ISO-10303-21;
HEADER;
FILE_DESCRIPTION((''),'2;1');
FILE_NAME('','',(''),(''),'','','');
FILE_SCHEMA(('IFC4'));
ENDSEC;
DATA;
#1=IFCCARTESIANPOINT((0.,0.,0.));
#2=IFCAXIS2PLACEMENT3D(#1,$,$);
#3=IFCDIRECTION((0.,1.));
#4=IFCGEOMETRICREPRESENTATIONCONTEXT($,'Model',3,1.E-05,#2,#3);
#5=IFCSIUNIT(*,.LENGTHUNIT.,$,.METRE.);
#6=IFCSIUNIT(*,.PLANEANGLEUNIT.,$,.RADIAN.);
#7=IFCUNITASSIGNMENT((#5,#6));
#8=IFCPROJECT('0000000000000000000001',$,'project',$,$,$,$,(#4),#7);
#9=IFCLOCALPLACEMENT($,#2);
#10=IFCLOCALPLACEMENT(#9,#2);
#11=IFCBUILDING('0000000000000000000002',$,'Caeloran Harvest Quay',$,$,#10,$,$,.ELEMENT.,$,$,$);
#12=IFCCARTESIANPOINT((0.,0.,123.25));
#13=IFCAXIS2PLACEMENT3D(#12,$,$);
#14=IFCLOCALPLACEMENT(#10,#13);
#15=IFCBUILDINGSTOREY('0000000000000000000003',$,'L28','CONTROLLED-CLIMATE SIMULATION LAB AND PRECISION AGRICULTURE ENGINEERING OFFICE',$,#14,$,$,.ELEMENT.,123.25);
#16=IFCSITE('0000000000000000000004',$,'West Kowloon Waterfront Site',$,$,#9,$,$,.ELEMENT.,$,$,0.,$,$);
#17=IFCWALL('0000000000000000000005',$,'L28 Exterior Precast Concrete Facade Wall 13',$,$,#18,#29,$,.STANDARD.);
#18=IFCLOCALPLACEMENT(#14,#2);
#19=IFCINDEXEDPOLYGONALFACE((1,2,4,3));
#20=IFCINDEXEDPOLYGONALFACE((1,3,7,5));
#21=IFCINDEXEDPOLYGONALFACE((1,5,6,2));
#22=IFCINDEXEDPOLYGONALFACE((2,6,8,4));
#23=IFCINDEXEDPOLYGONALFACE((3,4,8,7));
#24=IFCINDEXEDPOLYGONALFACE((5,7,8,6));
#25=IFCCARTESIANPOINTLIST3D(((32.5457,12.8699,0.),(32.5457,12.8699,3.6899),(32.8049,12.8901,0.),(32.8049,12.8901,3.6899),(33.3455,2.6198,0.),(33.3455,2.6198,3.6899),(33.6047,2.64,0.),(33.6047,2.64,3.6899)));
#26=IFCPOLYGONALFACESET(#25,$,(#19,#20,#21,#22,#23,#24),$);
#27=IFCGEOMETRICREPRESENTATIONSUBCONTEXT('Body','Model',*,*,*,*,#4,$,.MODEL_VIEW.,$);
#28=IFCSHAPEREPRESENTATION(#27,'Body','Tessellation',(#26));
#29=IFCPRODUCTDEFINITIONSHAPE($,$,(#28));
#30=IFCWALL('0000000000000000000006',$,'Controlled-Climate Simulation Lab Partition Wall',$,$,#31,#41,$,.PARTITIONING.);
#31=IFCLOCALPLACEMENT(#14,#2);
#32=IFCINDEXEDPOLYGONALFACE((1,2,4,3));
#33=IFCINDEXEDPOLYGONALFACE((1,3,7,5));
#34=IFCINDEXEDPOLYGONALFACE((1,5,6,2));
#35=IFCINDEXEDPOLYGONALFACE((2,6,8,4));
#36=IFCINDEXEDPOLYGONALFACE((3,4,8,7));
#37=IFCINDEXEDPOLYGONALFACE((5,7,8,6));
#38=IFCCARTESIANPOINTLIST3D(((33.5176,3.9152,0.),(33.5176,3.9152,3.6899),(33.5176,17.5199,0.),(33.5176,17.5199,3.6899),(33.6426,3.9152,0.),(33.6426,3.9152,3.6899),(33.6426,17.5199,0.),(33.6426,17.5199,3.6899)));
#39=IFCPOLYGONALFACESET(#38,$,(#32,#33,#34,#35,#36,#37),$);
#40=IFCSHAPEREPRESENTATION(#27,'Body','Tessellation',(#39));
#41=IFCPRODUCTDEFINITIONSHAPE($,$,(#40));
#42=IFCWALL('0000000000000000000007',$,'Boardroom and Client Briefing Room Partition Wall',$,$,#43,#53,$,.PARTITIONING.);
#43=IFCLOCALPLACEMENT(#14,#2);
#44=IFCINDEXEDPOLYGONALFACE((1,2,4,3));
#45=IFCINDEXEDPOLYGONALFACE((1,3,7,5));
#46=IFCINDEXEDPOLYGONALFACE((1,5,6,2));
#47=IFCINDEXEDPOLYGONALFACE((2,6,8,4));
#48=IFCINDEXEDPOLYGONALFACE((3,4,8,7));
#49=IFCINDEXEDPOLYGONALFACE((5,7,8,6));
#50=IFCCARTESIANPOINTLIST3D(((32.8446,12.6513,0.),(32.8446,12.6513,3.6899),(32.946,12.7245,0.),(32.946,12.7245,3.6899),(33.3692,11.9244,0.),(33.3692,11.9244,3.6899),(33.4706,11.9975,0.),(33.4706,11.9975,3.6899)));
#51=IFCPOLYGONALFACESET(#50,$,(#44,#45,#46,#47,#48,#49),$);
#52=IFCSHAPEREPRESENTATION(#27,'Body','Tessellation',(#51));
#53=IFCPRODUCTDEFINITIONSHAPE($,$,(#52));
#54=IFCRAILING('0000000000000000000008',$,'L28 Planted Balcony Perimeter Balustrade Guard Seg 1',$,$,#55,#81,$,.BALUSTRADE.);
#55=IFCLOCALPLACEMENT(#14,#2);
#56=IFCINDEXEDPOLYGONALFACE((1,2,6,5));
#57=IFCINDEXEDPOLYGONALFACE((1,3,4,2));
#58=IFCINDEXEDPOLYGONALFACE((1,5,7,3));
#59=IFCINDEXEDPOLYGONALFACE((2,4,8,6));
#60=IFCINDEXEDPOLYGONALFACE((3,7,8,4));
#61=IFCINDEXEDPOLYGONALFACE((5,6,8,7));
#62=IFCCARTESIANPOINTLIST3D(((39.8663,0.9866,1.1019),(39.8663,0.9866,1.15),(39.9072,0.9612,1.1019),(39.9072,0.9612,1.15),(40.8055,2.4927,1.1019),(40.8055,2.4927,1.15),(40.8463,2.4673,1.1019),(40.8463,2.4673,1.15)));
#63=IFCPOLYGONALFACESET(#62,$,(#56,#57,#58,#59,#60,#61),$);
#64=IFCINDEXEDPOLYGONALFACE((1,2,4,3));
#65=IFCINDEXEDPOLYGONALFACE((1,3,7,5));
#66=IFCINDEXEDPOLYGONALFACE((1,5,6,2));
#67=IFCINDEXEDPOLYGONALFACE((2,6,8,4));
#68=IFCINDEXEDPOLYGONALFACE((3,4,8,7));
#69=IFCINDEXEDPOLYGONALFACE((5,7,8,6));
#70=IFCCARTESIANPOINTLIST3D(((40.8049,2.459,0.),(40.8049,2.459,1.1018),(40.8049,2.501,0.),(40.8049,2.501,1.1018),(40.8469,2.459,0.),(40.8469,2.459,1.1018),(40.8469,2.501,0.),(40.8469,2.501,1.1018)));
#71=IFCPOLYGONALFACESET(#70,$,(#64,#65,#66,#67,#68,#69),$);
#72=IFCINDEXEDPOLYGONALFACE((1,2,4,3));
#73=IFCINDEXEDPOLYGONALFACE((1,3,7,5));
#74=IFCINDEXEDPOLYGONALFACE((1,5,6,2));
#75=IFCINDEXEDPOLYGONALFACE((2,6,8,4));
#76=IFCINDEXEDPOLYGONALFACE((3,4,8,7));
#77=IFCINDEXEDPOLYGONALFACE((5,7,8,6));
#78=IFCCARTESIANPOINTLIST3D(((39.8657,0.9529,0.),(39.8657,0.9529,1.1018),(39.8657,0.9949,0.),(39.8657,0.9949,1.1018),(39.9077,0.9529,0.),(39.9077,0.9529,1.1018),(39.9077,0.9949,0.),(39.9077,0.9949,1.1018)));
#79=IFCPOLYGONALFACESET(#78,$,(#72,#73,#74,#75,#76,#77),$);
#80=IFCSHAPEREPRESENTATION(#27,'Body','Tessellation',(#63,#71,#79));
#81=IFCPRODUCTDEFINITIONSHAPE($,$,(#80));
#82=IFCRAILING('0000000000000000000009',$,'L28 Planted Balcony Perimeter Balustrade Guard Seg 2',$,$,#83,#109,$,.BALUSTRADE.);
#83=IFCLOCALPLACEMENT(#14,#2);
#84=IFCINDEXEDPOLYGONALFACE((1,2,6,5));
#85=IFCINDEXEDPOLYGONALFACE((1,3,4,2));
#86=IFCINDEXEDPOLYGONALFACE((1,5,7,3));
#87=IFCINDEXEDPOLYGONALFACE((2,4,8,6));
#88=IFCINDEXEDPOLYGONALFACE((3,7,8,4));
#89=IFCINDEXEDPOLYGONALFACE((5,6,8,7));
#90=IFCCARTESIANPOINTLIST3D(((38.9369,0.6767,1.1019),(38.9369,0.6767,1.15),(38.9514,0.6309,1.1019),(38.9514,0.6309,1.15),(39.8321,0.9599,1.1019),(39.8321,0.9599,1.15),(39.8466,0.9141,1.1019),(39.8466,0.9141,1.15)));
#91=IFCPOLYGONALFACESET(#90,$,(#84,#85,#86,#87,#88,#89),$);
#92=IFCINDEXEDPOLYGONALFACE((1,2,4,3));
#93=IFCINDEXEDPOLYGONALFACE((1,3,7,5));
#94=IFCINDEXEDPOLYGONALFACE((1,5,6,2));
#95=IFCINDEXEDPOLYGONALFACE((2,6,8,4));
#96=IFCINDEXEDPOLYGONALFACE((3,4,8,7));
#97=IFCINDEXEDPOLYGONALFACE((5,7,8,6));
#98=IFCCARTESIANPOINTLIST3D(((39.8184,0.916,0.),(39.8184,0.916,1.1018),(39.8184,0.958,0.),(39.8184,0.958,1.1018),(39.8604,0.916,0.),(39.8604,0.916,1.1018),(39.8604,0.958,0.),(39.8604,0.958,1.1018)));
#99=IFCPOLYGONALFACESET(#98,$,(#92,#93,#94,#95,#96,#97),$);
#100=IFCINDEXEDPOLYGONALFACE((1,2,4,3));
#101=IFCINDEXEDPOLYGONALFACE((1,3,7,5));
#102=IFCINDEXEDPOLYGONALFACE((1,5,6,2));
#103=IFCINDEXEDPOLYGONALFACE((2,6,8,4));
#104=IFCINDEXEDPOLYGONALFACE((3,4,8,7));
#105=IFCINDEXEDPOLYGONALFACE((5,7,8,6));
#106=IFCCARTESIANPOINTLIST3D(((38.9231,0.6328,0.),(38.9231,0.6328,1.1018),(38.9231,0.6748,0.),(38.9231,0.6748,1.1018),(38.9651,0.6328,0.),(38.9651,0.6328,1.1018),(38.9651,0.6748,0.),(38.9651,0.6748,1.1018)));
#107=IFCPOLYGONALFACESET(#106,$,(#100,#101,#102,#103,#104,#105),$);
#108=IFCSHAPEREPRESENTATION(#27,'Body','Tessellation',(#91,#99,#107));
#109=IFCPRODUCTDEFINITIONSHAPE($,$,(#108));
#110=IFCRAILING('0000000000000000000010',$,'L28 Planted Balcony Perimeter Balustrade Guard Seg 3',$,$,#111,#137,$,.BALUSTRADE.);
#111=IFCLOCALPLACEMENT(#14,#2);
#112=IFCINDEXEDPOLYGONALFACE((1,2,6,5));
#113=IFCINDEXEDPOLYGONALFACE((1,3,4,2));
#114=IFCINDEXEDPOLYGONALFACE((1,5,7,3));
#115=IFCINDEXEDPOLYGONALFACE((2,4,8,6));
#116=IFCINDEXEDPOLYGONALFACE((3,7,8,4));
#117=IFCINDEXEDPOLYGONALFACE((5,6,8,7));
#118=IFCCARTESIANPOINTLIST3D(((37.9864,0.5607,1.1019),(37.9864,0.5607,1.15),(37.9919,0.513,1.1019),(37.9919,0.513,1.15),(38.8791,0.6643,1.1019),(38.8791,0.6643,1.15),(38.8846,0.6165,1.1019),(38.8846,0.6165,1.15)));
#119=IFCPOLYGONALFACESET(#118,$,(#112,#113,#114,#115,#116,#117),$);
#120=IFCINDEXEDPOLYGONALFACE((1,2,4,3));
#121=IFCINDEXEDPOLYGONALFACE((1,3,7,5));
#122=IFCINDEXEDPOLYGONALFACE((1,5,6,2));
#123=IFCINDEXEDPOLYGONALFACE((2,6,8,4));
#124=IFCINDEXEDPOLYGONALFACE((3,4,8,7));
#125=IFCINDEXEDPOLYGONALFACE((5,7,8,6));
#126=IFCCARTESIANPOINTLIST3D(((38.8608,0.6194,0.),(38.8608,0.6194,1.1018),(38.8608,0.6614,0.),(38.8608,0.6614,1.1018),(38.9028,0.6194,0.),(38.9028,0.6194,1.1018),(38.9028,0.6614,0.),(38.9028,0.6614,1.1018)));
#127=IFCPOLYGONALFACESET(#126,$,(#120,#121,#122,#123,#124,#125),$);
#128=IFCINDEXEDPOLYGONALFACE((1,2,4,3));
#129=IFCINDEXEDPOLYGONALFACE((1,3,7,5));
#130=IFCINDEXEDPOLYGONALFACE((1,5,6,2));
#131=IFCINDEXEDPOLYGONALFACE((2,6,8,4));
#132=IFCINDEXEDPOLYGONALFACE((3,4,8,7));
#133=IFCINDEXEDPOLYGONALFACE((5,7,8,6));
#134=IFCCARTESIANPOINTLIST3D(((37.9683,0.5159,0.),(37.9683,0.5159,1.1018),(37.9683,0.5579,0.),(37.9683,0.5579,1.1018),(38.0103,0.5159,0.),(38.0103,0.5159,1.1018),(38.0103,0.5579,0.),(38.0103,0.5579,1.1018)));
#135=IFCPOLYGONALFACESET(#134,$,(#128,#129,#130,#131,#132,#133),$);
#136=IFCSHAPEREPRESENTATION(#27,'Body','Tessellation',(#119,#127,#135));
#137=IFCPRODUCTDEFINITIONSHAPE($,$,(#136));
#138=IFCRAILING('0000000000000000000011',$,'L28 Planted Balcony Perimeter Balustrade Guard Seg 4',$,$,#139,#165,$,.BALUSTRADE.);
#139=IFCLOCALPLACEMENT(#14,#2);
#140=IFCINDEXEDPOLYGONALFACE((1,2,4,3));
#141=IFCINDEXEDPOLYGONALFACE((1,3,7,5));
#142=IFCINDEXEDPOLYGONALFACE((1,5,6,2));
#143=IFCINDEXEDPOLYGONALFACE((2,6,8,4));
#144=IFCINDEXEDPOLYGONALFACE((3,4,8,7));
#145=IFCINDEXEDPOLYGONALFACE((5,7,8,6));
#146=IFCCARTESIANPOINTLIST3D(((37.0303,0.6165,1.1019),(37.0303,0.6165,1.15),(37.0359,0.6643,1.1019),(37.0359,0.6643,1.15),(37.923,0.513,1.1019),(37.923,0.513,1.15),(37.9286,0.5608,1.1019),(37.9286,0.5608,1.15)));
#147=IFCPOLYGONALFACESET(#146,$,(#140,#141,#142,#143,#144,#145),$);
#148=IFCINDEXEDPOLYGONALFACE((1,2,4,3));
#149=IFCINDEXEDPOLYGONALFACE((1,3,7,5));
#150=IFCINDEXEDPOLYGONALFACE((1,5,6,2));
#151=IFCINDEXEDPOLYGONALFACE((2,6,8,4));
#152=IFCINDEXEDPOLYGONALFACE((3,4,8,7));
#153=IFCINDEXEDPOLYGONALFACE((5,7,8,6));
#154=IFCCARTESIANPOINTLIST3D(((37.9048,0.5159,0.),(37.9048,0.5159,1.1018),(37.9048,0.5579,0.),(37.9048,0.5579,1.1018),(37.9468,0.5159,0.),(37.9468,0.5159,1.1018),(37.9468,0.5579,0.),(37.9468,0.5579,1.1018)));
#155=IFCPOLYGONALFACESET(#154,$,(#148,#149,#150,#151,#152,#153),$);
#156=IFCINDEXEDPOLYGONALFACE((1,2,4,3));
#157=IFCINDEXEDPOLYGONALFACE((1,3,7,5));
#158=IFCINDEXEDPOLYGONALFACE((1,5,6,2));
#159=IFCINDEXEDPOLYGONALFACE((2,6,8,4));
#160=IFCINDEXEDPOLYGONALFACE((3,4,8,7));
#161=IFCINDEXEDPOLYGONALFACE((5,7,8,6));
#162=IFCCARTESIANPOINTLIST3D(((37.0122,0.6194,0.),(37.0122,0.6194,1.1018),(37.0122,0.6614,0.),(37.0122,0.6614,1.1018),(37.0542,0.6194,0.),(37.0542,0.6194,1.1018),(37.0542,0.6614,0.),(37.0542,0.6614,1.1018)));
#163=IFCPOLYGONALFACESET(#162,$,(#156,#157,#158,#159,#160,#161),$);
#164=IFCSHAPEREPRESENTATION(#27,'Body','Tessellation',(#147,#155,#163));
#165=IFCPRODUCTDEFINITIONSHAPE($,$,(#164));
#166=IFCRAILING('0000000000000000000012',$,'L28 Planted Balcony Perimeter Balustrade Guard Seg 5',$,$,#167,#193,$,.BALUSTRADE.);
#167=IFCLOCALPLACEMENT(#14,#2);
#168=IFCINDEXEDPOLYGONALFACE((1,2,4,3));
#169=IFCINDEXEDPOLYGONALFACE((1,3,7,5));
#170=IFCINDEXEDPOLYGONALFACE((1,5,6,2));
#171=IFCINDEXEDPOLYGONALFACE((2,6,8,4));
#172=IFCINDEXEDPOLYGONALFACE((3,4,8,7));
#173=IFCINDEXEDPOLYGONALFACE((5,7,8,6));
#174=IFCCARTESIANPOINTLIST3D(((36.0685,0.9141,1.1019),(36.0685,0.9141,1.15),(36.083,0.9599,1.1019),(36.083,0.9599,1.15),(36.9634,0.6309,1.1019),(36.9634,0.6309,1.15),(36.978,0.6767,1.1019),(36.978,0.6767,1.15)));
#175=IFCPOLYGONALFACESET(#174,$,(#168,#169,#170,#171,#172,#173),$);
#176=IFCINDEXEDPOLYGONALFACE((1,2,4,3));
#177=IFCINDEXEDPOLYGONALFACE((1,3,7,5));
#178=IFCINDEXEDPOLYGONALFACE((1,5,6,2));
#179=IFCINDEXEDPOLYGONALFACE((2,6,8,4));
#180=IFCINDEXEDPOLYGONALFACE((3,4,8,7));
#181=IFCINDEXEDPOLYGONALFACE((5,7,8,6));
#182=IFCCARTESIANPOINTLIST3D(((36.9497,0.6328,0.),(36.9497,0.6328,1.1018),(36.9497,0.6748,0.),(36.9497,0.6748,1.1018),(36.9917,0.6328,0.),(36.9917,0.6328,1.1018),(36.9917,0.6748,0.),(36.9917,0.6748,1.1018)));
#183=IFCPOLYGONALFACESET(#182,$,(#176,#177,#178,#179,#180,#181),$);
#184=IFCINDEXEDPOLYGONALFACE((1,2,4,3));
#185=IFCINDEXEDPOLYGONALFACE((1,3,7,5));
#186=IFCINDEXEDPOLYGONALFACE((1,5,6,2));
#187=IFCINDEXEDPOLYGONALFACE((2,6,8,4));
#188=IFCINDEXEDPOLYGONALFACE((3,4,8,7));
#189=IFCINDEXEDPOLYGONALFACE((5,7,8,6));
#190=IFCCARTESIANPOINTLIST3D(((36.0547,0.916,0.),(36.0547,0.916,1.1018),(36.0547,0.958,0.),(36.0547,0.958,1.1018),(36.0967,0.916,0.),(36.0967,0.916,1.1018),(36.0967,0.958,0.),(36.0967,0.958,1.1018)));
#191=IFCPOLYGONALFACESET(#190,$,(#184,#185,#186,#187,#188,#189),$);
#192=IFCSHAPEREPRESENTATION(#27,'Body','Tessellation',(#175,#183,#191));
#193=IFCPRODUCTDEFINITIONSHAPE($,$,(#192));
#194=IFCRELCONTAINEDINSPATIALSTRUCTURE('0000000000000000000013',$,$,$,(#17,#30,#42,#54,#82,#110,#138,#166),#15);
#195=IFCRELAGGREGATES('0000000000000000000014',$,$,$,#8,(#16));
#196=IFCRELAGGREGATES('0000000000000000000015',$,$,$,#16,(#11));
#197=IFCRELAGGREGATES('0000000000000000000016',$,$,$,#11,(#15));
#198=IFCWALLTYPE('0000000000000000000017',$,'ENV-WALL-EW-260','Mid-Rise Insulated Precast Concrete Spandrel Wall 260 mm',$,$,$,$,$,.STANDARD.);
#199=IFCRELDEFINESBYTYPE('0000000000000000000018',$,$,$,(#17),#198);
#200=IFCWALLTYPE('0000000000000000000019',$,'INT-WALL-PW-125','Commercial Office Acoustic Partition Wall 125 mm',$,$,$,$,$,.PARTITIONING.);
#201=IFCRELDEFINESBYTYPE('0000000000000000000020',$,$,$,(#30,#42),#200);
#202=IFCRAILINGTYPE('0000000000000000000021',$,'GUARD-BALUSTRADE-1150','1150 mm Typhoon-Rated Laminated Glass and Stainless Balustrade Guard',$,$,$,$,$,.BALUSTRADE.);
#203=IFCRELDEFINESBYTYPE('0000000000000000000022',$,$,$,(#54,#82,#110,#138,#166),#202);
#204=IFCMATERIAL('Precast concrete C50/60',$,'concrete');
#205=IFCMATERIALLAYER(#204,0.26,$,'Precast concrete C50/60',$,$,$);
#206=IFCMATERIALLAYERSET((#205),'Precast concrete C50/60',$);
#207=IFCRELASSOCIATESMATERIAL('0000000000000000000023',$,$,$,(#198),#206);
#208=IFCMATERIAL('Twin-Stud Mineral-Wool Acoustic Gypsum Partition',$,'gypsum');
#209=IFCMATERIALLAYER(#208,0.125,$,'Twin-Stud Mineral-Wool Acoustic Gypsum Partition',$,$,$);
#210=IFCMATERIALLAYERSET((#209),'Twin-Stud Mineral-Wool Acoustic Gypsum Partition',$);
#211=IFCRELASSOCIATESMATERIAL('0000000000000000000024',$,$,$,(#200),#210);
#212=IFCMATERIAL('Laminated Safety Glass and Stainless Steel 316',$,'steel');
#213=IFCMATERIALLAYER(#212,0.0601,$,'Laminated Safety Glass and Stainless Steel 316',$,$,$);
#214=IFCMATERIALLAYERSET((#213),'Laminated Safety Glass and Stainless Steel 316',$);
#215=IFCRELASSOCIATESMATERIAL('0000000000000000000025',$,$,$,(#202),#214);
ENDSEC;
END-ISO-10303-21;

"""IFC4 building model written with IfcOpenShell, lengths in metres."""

from ifc_helpers import new_model, si_unit, direction, frame, frame_2d, origin, origin_2d, place, context, subcontext, project, spatial, rectangle, extrude, material, layer, layer_set, type_object, element, save


model = new_model("IFC4")

# Units and contexts
model_context = context("Model", 3, precision=1e-05, world=origin(), true_north=direction((0.0, 1.0)))
body_context = subcontext(model_context, "Body", "Model", "MODEL_VIEW")
ifc_project = project(units=[si_unit("LENGTHUNIT", "METRE"), si_unit("PLANEANGLEUNIT", "RADIAN")], contexts=[model_context])

# Site, building, storey
site_placement = place(None, origin())
site = spatial("IfcSite", under=ifc_project, at=site_placement, Name="West Kowloon Waterfront Site", CompositionType="ELEMENT", RefElevation=0.0)
building_placement = place(site_placement, origin())
building = spatial("IfcBuilding", under=site, at=building_placement, Name="Caeloran Harvest Quay", CompositionType="ELEMENT")
storey_placement = place(building_placement, frame((0.0, 0.0, 123.25)))
storey = spatial("IfcBuildingStorey", under=building, at=storey_placement, Name="L28", Description="CONTROLLED-CLIMATE SIMULATION LAB AND PRECISION AGRICULTURE ENGINEERING OFFICE", CompositionType="ELEMENT", Elevation=123.25)

# Shared definitions
ifc_material_1 = material(Name="Precast concrete C50/60", Category="concrete")

# Shared definitions
ifc_layer_1 = layer(ifc_material_1, 0.26, Name="Precast concrete C50/60")
ifc_layer_set_1 = layer_set([ifc_layer_1], Name="Precast concrete C50/60")
wall_type_1 = type_object("IfcWallType", Name="ENV-WALL-EW-260", Description="Mid-Rise Insulated Precast Concrete Spandrel Wall 260 mm", PredefinedType="STANDARD", material=ifc_layer_set_1)

# Walls
wall_1_placement = place(storey_placement, frame((33.4751, 2.6299, 0.0), z_axis=(0.0, 0.0, 1.0), x_axis=(-0.077793, 0.99697, 0.0)))
element("IfcWall", 1, at=wall_1_placement, inside=storey, type_object=wall_type_1, Name="L28 Exterior Precast Concrete Facade Wall 13", PredefinedType="STANDARD", context=body_context, shape_type="SweptSolid", body=[
    extrude(rectangle(XDim=10.2812, YDim=0.26, at=frame_2d((5.1406, 0.0))), origin(), (0.0, 0.0, 1.0), 3.6899),
])
ifc_material_2 = material(Name="Twin-Stud Mineral-Wool Acoustic Gypsum Partition", Category="gypsum")
ifc_layer_2 = layer(ifc_material_2, 0.125, Name="Twin-Stud Mineral-Wool Acoustic Gypsum Partition")
ifc_layer_set_2 = layer_set([ifc_layer_2], Name="Twin-Stud Mineral-Wool Acoustic Gypsum Partition")
wall_type_2 = type_object("IfcWallType", Name="INT-WALL-PW-125", Description="Commercial Office Acoustic Partition Wall 125 mm", PredefinedType="PARTITIONING", material=ifc_layer_set_2)
wall_2_placement = place(storey_placement, frame((33.5801, 3.9153, 0.0), z_axis=(0.0, 0.0, 1.0), x_axis=(0.0, 1.0, 0.0)))
element("IfcWall", 2, at=wall_2_placement, inside=storey, type_object=wall_type_2, Name="Controlled-Climate Simulation Lab Partition Wall", PredefinedType="PARTITIONING", context=body_context, shape_type="SweptSolid", body=[
    extrude(rectangle(XDim=13.6047, YDim=0.125, at=frame_2d((6.8022, 0.0))), origin(), (0.0, 0.0, 1.0), 3.6899),
])
wall_3_placement = place(storey_placement, frame((33.4199, 11.9609, 0.0), z_axis=(0.0, 0.0, 1.0), x_axis=(-0.585172, 0.810909, 0.0)))
element("IfcWall", 3, at=wall_3_placement, inside=storey, type_object=wall_type_2, Name="Boardroom and Client Briefing Room Partition Wall", PredefinedType="PARTITIONING", context=body_context, shape_type="SweptSolid", body=[
    extrude(rectangle(XDim=0.8965, YDim=0.125, at=frame_2d((0.4482, 0.0))), origin(), (0.0, 0.0, 1.0), 3.6899),
])

# Railings
ifc_material_3 = material(Name="Laminated Safety Glass and Stainless Steel 316", Category="steel")
ifc_layer_3 = layer(ifc_material_3, 0.0601, Name="Laminated Safety Glass and Stainless Steel 316")
ifc_layer_set_3 = layer_set([ifc_layer_3], Name="Laminated Safety Glass and Stainless Steel 316")
railing_type = type_object("IfcRailingType", Name="GUARD-BALUSTRADE-1150", Description="1150 mm Typhoon-Rated Laminated Glass and Stainless Balustrade Guard", PredefinedType="BALUSTRADE", material=ifc_layer_set_3)
railing_1_placement = place(storey_placement, frame((40.8259, 2.48, 0.0)))
element("IfcRailing", 4, at=railing_1_placement, inside=storey, type_object=railing_type, Name="L28 Planted Balcony Perimeter Balustrade Guard Seg 1", PredefinedType="BALUSTRADE", context=body_context, shape_type="SweptSolid", body=[
    extrude(rectangle(XDim=0.0481, YDim=0.0481, at=origin_2d()), frame((0.0, 0.0, 1.126), z_axis=(-0.529146, -0.848531, 0.0), x_axis=(0.848531, -0.529146, 0.0)), (0.0, 0.0, 1.0), 1.7749),
    extrude(rectangle(XDim=0.042, YDim=0.042, at=origin_2d()), origin(), (0.0, 0.0, 1.0), 1.1018),
    extrude(rectangle(XDim=0.042, YDim=0.042, at=origin_2d()), frame((-0.9392, -1.5061, 0.0)), (0.0, 0.0, 1.0), 1.1018),
])
railing_2_placement = place(storey_placement, frame((39.8394, 0.937, 0.0)))
element("IfcRailing", 5, at=railing_2_placement, inside=storey, type_object=railing_type, Name="L28 Planted Balcony Perimeter Balustrade Guard Seg 2", PredefinedType="BALUSTRADE", context=body_context, shape_type="SweptSolid", body=[
    extrude(rectangle(XDim=0.0481, YDim=0.0481, at=origin_2d()), frame((0.0, 0.0, 1.126), z_axis=(-0.953433, -0.301604, 0.0), x_axis=(0.301604, -0.953433, 0.0)), (0.0, 0.0, 1.0), 0.939),
    extrude(rectangle(XDim=0.042, YDim=0.042, at=origin_2d()), origin(), (0.0, 0.0, 1.0), 1.1018),
    extrude(rectangle(XDim=0.042, YDim=0.042, at=origin_2d()), frame((-0.8953, -0.2832, 0.0)), (0.0, 0.0, 1.0), 1.1018),
])
railing_3_placement = place(storey_placement, frame((38.8818, 0.6404, 0.0)))
element("IfcRailing", 6, at=railing_3_placement, inside=storey, type_object=railing_type, Name="L28 Planted Balcony Perimeter Balustrade Guard Seg 3", PredefinedType="BALUSTRADE", context=body_context, shape_type="SweptSolid", body=[
    extrude(rectangle(XDim=0.0481, YDim=0.0481, at=origin_2d()), frame((0.0, 0.0, 1.126), z_axis=(-0.993342, -0.115202, 0.0), x_axis=(0.115202, -0.993342, 0.0)), (0.0, 0.0, 1.0), 0.8987),
    extrude(rectangle(XDim=0.042, YDim=0.042, at=origin_2d()), origin(), (0.0, 0.0, 1.0), 1.1018),
    extrude(rectangle(XDim=0.042, YDim=0.042, at=origin_2d()), frame((-0.8926, -0.1035, 0.0)), (0.0, 0.0, 1.0), 1.1018),
])
railing_4_placement = place(storey_placement, frame((37.9258, 0.5369, 0.0)))
element("IfcRailing", 7, at=railing_4_placement, inside=storey, type_object=railing_type, Name="L28 Planted Balcony Perimeter Balustrade Guard Seg 4", PredefinedType="BALUSTRADE", context=body_context, shape_type="SweptSolid", body=[
    extrude(rectangle(XDim=0.0481, YDim=0.0481, at=origin_2d()), frame((0.0, 0.0, 1.126), z_axis=(-0.993342, 0.115202, 0.0), x_axis=(-0.115202, -0.993342, 0.0)), (0.0, 0.0, 1.0), 0.8987),
    extrude(rectangle(XDim=0.042, YDim=0.042, at=origin_2d()), origin(), (0.0, 0.0, 1.0), 1.1018),
    extrude(rectangle(XDim=0.042, YDim=0.042, at=origin_2d()), frame((-0.8926, 0.1035, 0.0)), (0.0, 0.0, 1.0), 1.1018),
])
railing_5_placement = place(storey_placement, frame((36.9707, 0.6538, 0.0)))
element("IfcRailing", 8, at=railing_5_placement, inside=storey, type_object=railing_type, Name="L28 Planted Balcony Perimeter Balustrade Guard Seg 5", PredefinedType="BALUSTRADE", context=body_context, shape_type="SweptSolid", body=[
    extrude(rectangle(XDim=0.0481, YDim=0.0481, at=origin_2d()), frame((0.0, 0.0, 1.126), z_axis=(-0.95341, 0.301679, 0.0), x_axis=(-0.301679, -0.95341, 0.0)), (0.0, 0.0, 1.0), 0.9387),
    extrude(rectangle(XDim=0.042, YDim=0.042, at=origin_2d()), origin(), (0.0, 0.0, 1.0), 1.1018),
    extrude(rectangle(XDim=0.042, YDim=0.042, at=origin_2d()), frame((-0.895, 0.2832, 0.0)), (0.0, 0.0, 1.0), 1.1018),
])

save(model, "model.ifc")
